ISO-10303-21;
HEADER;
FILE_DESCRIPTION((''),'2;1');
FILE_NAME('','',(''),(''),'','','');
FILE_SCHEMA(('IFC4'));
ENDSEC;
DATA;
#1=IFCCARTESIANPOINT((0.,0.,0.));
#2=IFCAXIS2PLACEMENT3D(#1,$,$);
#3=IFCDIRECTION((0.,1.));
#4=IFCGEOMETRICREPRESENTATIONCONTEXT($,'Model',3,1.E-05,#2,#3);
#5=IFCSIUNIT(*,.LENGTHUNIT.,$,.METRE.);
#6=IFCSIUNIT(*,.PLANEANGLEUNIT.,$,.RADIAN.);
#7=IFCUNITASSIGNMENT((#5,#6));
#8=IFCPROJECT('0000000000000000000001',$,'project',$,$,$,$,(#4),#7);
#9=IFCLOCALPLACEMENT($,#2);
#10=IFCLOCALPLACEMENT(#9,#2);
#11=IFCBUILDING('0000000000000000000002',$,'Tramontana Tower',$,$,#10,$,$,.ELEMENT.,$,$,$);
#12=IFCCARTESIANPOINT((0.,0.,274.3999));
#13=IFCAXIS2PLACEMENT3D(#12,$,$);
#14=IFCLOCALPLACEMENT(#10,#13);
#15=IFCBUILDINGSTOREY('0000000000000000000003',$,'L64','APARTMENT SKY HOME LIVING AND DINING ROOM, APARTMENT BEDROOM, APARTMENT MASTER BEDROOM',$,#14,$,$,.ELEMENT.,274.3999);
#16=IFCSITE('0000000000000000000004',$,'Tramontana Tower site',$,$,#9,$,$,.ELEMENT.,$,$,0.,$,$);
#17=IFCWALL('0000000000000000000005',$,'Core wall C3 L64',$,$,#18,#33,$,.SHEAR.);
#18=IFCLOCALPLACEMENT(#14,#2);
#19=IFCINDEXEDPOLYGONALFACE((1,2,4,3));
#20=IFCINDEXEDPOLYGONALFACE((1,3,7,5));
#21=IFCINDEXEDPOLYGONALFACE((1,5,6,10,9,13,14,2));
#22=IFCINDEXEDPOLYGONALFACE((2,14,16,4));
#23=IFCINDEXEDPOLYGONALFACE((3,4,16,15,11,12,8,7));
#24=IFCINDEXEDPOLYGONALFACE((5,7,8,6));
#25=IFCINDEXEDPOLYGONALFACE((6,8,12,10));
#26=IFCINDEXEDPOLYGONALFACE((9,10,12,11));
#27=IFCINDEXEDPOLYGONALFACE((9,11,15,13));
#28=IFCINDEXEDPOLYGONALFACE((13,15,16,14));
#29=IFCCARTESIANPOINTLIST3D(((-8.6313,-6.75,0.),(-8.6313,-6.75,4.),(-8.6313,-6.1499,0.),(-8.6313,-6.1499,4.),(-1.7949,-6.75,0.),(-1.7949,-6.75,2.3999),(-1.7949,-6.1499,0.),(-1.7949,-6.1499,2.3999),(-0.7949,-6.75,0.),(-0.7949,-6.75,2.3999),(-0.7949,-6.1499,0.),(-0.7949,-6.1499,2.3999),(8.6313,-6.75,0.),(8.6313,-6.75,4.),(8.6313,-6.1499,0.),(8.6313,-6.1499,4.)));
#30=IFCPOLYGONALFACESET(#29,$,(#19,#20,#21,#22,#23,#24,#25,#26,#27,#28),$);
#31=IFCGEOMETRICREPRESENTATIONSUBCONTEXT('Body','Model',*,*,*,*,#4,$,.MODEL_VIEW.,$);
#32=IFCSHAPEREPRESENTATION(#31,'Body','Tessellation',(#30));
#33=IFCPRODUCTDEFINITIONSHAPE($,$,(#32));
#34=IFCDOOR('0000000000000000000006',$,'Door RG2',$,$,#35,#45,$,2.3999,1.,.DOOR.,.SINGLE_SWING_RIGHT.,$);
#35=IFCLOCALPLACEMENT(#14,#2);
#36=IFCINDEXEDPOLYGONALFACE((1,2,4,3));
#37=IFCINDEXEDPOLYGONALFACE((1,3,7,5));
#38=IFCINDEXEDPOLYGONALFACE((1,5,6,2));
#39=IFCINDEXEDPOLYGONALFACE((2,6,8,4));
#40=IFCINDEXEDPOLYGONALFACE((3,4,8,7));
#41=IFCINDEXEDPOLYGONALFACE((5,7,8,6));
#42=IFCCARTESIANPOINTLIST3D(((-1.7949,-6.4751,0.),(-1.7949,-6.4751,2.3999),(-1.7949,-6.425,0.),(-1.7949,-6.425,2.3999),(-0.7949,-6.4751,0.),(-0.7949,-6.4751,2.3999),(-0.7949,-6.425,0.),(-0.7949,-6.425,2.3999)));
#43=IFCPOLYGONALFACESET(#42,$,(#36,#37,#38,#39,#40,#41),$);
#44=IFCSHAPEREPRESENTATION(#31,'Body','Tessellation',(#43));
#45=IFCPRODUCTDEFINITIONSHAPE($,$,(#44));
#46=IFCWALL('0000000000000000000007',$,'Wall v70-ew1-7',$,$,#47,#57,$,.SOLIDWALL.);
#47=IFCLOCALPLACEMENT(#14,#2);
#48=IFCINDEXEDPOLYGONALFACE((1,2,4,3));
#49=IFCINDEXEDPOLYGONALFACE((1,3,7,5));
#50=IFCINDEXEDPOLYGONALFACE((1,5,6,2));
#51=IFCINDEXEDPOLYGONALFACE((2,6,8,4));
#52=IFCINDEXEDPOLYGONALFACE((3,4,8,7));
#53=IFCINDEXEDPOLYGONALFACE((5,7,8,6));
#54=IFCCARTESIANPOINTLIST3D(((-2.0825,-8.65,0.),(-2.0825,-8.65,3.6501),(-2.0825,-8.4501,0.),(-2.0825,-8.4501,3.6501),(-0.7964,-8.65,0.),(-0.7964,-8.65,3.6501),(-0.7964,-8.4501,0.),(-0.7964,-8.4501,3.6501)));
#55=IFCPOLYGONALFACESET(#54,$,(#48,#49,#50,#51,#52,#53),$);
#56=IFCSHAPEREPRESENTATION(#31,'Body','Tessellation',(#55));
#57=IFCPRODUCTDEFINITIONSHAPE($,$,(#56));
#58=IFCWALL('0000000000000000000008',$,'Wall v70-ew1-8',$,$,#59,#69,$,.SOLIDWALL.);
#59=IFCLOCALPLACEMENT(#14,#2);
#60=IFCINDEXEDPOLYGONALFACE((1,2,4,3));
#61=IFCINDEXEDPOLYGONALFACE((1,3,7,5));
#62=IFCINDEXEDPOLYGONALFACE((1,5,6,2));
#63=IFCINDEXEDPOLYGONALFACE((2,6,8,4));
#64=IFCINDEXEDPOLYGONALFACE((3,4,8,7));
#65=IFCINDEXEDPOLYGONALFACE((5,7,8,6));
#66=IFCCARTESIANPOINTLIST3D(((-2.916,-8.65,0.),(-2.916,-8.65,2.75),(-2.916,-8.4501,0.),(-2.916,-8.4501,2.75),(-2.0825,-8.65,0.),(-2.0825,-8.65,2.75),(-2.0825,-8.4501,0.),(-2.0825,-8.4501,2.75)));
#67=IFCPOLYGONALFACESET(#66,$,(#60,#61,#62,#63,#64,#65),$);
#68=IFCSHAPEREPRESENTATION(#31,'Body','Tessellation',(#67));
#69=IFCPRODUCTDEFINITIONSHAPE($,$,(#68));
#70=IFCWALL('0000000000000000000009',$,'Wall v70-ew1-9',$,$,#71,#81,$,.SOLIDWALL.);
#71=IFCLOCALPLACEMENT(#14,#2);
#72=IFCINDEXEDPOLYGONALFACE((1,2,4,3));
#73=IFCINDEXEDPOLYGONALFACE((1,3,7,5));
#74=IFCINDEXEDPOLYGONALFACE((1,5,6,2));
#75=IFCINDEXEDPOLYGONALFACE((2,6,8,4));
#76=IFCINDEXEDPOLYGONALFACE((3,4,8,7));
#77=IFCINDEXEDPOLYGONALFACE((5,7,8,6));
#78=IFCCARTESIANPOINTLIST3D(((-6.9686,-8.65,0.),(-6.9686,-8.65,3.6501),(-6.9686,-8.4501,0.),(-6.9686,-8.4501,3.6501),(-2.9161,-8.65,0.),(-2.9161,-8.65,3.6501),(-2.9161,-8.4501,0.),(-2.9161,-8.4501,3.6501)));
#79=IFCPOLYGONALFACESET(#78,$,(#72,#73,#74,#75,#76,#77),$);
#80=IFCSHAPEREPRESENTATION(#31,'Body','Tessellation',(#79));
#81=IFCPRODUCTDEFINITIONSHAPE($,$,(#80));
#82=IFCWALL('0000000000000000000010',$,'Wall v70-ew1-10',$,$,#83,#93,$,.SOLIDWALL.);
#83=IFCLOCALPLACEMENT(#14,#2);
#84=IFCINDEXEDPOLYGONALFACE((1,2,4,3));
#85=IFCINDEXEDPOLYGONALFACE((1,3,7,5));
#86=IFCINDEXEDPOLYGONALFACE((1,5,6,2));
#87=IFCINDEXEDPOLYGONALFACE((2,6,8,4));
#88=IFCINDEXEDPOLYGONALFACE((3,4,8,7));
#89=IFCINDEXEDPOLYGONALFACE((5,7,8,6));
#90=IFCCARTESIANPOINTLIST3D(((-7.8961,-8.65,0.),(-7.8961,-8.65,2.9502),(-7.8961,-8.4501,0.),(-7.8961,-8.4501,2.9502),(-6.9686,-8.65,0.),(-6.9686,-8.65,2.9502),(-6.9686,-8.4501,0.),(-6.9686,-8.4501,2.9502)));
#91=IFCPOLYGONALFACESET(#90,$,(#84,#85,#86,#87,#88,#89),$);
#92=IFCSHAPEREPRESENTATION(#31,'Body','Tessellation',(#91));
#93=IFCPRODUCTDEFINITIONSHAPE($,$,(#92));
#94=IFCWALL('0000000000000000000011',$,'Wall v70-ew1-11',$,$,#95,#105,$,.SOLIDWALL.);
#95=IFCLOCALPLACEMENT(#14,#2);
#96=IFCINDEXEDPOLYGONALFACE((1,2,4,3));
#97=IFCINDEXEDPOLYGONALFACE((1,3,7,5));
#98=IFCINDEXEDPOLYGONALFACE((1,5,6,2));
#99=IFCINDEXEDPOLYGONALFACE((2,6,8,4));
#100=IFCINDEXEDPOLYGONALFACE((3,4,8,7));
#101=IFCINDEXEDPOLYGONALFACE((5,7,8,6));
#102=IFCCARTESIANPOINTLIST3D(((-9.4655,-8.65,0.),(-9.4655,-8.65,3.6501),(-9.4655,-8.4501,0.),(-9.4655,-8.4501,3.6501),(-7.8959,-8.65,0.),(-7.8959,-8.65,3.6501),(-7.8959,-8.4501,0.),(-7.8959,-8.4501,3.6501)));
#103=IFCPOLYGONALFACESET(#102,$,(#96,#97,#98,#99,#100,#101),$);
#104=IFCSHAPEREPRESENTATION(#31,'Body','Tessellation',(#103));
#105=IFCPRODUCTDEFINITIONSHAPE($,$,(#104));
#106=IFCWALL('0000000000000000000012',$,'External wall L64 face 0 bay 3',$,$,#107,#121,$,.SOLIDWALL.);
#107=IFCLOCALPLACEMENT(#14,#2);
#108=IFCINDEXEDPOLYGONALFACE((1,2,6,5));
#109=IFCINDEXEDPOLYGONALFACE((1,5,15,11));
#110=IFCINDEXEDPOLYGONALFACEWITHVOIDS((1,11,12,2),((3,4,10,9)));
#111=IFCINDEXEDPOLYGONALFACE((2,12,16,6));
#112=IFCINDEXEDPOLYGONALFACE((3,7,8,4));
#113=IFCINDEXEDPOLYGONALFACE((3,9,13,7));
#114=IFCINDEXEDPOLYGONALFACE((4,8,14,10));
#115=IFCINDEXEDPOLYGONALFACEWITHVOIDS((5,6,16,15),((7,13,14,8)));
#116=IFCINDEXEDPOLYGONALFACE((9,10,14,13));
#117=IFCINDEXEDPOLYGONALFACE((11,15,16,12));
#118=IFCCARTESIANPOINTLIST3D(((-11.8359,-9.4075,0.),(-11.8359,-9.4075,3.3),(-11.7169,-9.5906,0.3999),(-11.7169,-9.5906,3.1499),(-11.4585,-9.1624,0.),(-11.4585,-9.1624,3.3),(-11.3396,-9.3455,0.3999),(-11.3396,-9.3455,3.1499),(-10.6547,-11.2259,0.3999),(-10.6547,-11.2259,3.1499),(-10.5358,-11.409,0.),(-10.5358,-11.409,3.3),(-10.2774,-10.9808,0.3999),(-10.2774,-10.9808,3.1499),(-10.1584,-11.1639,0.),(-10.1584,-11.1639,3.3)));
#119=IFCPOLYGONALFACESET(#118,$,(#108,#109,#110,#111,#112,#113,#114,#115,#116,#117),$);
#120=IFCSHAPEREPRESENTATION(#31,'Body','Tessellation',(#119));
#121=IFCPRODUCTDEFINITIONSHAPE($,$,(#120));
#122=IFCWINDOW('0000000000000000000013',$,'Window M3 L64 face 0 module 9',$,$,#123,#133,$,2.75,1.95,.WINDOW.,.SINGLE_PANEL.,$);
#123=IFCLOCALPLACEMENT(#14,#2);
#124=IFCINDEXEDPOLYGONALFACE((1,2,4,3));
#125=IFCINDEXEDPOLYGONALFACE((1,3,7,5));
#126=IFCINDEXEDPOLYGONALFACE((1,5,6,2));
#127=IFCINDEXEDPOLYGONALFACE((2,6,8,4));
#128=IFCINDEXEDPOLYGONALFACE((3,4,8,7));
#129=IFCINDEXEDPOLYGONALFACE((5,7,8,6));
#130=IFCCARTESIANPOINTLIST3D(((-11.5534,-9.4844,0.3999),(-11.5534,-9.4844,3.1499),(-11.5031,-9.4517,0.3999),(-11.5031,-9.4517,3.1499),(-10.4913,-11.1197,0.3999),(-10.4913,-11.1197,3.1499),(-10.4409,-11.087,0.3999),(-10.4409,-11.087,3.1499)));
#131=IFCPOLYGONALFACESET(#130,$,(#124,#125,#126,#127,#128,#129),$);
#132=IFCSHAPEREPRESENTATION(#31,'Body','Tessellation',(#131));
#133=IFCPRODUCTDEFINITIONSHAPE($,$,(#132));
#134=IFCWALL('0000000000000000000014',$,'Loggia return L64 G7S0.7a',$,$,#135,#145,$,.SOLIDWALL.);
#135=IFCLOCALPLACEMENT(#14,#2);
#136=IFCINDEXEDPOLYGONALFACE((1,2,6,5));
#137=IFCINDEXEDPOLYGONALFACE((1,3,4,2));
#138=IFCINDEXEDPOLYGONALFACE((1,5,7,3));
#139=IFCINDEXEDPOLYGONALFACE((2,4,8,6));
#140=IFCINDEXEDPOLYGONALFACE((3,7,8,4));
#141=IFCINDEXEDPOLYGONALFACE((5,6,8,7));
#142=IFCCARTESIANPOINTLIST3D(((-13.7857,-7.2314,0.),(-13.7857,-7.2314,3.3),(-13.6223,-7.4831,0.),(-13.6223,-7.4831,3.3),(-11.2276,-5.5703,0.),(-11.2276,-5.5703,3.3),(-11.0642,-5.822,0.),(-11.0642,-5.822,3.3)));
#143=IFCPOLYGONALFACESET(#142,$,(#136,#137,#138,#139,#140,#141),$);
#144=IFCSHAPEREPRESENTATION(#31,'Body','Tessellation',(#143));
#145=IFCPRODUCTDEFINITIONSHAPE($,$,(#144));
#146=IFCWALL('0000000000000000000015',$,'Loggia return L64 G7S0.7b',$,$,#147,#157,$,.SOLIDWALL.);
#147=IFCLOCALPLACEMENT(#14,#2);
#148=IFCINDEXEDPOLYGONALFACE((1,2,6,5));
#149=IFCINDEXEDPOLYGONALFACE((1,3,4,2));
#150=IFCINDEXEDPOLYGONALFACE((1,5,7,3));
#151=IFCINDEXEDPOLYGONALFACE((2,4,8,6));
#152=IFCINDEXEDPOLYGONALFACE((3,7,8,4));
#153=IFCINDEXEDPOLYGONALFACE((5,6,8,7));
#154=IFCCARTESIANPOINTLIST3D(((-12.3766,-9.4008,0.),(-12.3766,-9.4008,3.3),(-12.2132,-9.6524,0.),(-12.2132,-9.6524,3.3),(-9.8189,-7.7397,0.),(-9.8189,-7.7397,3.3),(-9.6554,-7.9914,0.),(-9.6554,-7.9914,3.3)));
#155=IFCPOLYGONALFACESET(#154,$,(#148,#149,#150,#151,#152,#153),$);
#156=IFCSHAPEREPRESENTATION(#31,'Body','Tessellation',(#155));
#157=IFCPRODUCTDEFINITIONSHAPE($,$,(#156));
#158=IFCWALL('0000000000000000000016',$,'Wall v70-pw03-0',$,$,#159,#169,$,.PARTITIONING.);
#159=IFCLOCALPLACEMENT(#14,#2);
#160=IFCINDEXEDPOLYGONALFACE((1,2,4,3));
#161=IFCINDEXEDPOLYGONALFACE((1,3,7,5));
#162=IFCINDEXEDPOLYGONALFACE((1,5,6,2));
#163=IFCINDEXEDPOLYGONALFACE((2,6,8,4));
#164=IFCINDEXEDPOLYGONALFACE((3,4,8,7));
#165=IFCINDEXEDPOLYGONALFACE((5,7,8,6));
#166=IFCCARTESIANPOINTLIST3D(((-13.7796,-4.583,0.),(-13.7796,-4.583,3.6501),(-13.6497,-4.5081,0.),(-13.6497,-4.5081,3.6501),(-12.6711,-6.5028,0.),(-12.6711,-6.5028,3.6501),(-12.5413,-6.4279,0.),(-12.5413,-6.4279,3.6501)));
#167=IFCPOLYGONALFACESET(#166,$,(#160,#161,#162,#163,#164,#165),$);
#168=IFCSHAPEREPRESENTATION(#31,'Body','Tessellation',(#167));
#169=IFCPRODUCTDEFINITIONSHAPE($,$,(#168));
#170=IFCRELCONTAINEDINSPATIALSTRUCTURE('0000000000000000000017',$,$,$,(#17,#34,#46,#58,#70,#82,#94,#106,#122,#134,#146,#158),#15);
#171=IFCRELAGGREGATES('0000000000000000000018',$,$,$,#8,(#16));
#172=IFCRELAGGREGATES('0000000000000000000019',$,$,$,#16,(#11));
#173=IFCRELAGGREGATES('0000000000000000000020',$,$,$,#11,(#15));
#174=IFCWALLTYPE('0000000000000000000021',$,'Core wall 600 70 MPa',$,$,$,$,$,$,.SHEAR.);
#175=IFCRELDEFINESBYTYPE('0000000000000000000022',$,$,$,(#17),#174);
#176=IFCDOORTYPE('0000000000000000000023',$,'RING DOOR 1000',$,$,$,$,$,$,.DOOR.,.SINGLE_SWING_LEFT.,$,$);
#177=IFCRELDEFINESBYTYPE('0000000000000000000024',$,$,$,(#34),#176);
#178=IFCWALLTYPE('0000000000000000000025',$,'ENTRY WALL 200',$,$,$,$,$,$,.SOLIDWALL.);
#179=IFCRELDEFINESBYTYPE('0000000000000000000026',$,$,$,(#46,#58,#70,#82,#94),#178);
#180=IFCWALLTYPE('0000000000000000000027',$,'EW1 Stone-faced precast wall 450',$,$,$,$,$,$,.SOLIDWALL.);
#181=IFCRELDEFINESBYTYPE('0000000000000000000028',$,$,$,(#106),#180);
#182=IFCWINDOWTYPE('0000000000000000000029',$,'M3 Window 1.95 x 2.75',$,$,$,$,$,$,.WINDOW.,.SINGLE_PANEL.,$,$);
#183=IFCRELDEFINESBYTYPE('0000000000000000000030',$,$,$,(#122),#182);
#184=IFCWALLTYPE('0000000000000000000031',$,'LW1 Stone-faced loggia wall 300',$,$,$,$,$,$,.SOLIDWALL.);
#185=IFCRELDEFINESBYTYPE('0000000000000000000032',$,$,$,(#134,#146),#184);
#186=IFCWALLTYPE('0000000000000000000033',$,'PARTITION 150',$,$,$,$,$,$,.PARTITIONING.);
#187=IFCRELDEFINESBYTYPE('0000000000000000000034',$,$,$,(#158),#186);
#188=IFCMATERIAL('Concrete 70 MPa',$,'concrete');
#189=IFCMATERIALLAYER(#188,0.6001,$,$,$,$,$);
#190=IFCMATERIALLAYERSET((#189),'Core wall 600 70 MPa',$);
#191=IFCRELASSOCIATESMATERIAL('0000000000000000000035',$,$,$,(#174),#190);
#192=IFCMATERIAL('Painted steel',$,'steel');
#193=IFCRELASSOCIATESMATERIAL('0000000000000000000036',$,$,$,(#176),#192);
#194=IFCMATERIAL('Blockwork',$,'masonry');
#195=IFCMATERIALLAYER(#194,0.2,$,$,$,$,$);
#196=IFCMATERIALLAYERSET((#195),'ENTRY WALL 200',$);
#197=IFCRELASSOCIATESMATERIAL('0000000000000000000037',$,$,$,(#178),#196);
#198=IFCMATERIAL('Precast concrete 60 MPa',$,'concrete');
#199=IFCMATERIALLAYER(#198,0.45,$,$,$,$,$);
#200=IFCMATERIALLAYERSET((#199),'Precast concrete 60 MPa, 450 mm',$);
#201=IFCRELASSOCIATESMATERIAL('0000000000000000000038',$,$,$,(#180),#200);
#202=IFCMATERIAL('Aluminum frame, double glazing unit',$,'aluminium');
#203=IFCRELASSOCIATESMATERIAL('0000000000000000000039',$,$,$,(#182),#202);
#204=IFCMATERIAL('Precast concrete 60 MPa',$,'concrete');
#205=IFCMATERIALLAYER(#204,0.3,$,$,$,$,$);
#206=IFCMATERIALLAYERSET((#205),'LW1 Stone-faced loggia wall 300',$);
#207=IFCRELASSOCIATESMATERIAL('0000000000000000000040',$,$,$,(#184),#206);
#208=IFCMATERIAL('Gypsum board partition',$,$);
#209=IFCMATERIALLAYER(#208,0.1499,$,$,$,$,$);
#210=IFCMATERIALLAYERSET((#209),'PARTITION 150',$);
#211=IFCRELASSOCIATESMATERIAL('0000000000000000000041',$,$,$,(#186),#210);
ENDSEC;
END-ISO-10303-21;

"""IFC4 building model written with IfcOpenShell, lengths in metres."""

from ifc_helpers import new_model, si_unit, direction, frame, frame_2d, origin, place, context, subcontext, project, spatial, rectangle, extrude, material, layer, layer_set, type_object, element, fill, save


model = new_model("IFC4")

# Units and contexts
model_context = context("Model", 3, precision=1e-05, world=origin(), true_north=direction((0.0, 1.0)))
body_context = subcontext(model_context, "Body", "Model", "MODEL_VIEW")
ifc_project = project(units=[si_unit("LENGTHUNIT", "METRE"), si_unit("PLANEANGLEUNIT", "RADIAN")], contexts=[model_context])

# Site, building, storey
site_placement = place(None, origin())
site = spatial("IfcSite", under=ifc_project, at=site_placement, Name="Tramontana Tower site", CompositionType="ELEMENT", RefElevation=0.0)
building_placement = place(site_placement, origin())
building = spatial("IfcBuilding", under=site, at=building_placement, Name="Tramontana Tower", CompositionType="ELEMENT")
storey_placement = place(building_placement, frame((0.0, 0.0, 274.3999)))
storey = spatial("IfcBuildingStorey", under=building, at=storey_placement, Name="L64", Description="APARTMENT SKY HOME LIVING AND DINING ROOM, APARTMENT BEDROOM, APARTMENT MASTER BEDROOM", CompositionType="ELEMENT", Elevation=274.3999)

# Wall, opening, door
ifc_material_1 = material(Name="Concrete 70 MPa", Category="concrete")
ifc_layer_1 = layer(ifc_material_1, 0.6001)
ifc_layer_set_1 = layer_set([ifc_layer_1], Name="Core wall 600 70 MPa")
wall_type_1 = type_object("IfcWallType", Name="Core wall 600 70 MPa", PredefinedType="SHEAR", material=ifc_layer_set_1)
wall_1_placement = place(storey_placement, frame((-8.6313, -6.45, 0.0), z_axis=(0.0, 0.0, 1.0), x_axis=(1.0, 0.0, 0.0)))
wall_1 = element("IfcWall", 1, at=wall_1_placement, inside=storey, type_object=wall_type_1, Name="Core wall C3 L64", PredefinedType="SHEAR", context=body_context, shape_type="SweptSolid", body=[
    extrude(rectangle(XDim=17.2627, YDim=0.6001, at=frame_2d((8.6313, 0.0))), origin(), (0.0, 0.0, 1.0), 4.0),
])
opening_1_placement = place(wall_1_placement, frame((6.8364, 0.0, 0.0)))
opening_1 = element("IfcOpeningElement", 2, at=opening_1_placement, cuts=wall_1, PredefinedType="OPENING", context=body_context, shape_type="SweptSolid", body=[
    extrude(rectangle(XDim=1.0, YDim=2.3999, at=frame_2d((0.5, 1.2))), frame((0.0, 0.3101, 0.0), z_axis=(0.0, -1.0, 0.0), x_axis=(1.0, 0.0, 0.0)), (0.0, 0.0, 1.0), 0.6201),
])
ifc_material_2 = material(Name="Painted steel", Category="steel")
door_type_1 = type_object("IfcDoorType", Name="RING DOOR 1000", OperationType="SINGLE_SWING_LEFT", PredefinedType="DOOR", material=ifc_material_2)
door_1_placement = place(opening_1_placement, origin())
door_1 = element("IfcDoor", 3, at=door_1_placement, inside=storey, type_object=door_type_1, Name="Door RG2", OperationType="SINGLE_SWING_RIGHT", OverallHeight=2.3999, OverallWidth=1.0, PredefinedType="DOOR", context=body_context, shape_type="SweptSolid", body=[
    extrude(rectangle(XDim=1.0, YDim=2.3999, at=frame_2d((0.5, 1.2))), frame((0.0, 0.0249, 0.0), z_axis=(0.0, -1.0, 0.0), x_axis=(1.0, 0.0, 0.0)), (0.0, 0.0, 1.0), 0.05),
])
fill(opening_1, door_1)

# Walls
ifc_material_3 = material(Name="Blockwork", Category="masonry")
ifc_layer_2 = layer(ifc_material_3, 0.2)
ifc_layer_set_2 = layer_set([ifc_layer_2], Name="ENTRY WALL 200")
wall_type_2 = type_object("IfcWallType", Name="ENTRY WALL 200", PredefinedType="SOLIDWALL", material=ifc_layer_set_2)
wall_2_placement = place(storey_placement, frame((-0.7964, -8.55, 0.0), z_axis=(0.0, 0.0, 1.0), x_axis=(-1.0, 0.0, 0.0)))
element("IfcWall", 4, at=wall_2_placement, inside=storey, type_object=wall_type_2, Name="Wall v70-ew1-7", PredefinedType="SOLIDWALL", context=body_context, shape_type="SweptSolid", body=[
    extrude(rectangle(XDim=1.2861, YDim=0.2, at=frame_2d((0.6431, 0.0))), origin(), (0.0, 0.0, 1.0), 3.6501),
])
wall_3_placement = place(storey_placement, frame((-2.0825, -8.55, 0.0), z_axis=(0.0, 0.0, 1.0), x_axis=(-1.0, 0.0, 0.0)))
element("IfcWall", 5, at=wall_3_placement, inside=storey, type_object=wall_type_2, Name="Wall v70-ew1-8", PredefinedType="SOLIDWALL", context=body_context, shape_type="SweptSolid", body=[
    extrude(rectangle(XDim=0.8335, YDim=0.2, at=frame_2d((0.4167, 0.0))), origin(), (0.0, 0.0, 1.0), 2.75),
])
wall_4_placement = place(storey_placement, frame((-2.916, -8.55, 0.0), z_axis=(0.0, 0.0, 1.0), x_axis=(-1.0, 0.0, 0.0)))
element("IfcWall", 6, at=wall_4_placement, inside=storey, type_object=wall_type_2, Name="Wall v70-ew1-9", PredefinedType="SOLIDWALL", context=body_context, shape_type="SweptSolid", body=[
    extrude(rectangle(XDim=4.0525, YDim=0.2, at=frame_2d((2.0264, 0.0))), origin(), (0.0, 0.0, 1.0), 3.6501),
])
wall_5_placement = place(storey_placement, frame((-6.9685, -8.55, 0.0), z_axis=(0.0, 0.0, 1.0), x_axis=(-1.0, 0.0, 0.0)))
element("IfcWall", 7, at=wall_5_placement, inside=storey, type_object=wall_type_2, Name="Wall v70-ew1-10", PredefinedType="SOLIDWALL", context=body_context, shape_type="SweptSolid", body=[
    extrude(rectangle(XDim=0.9275, YDim=0.2, at=frame_2d((0.4639, 0.0))), origin(), (0.0, 0.0, 1.0), 2.9502),
])
wall_6_placement = place(storey_placement, frame((-7.896, -8.55, 0.0), z_axis=(0.0, 0.0, 1.0), x_axis=(-1.0, 0.0, 0.0)))
element("IfcWall", 8, at=wall_6_placement, inside=storey, type_object=wall_type_2, Name="Wall v70-ew1-11", PredefinedType="SOLIDWALL", context=body_context, shape_type="SweptSolid", body=[
    extrude(rectangle(XDim=1.5696, YDim=0.2, at=frame_2d((0.7847, 0.0))), origin(), (0.0, 0.0, 1.0), 3.6501),
])

# Wall, opening, window
ifc_material_4 = material(Name="Precast concrete 60 MPa", Category="concrete")
ifc_layer_3 = layer(ifc_material_4, 0.45)
ifc_layer_set_3 = layer_set([ifc_layer_3], Name="Precast concrete 60 MPa, 450 mm")
wall_type_3 = type_object("IfcWallType", Name="EW1 Stone-faced precast wall 450", PredefinedType="SOLIDWALL", material=ifc_layer_set_3)
wall_7_placement = place(storey_placement, frame((-11.6472, -9.2849, 0.0), z_axis=(0.0, 0.0, 1.0), x_axis=(0.544722, -0.838617, 0.0)))
wall_7 = element("IfcWall", 9, at=wall_7_placement, inside=storey, type_object=wall_type_3, Name="External wall L64 face 0 bay 3", PredefinedType="SOLIDWALL", context=body_context, shape_type="SweptSolid", body=[
    extrude(rectangle(XDim=2.3867, YDim=0.45, at=frame_2d((1.1934, 0.0))), origin(), (0.0, 0.0, 1.0), 3.3),
])
opening_2_placement = place(wall_7_placement, frame((0.2183, 0.0, 0.3999)))
opening_2 = element("IfcOpeningElement", 10, at=opening_2_placement, cuts=wall_7, PredefinedType="OPENING", context=body_context, shape_type="SweptSolid", body=[
    extrude(rectangle(XDim=1.95, YDim=2.75, at=frame_2d((0.9751, 1.375))), frame((0.0, 0.2349, 0.0), z_axis=(0.0, -1.0, 0.0), x_axis=(1.0, 0.0, 0.0)), (0.0, 0.0, 1.0), 0.47),
])
ifc_material_5 = material(Name="Aluminum frame, double glazing unit", Category="aluminium")
window_type = type_object("IfcWindowType", Name="M3 Window 1.95 x 2.75", PartitioningType="SINGLE_PANEL", PredefinedType="WINDOW", material=ifc_material_5)
window_placement = place(opening_2_placement, origin())
window = element("IfcWindow", 11, at=window_placement, inside=storey, type_object=window_type, Name="Window M3 L64 face 0 module 9", OverallHeight=2.75, OverallWidth=1.95, PartitioningType="SINGLE_PANEL", PredefinedType="WINDOW", context=body_context, shape_type="SweptSolid", body=[
    extrude(rectangle(XDim=1.95, YDim=2.75, at=frame_2d((0.9751, 1.375))), frame((0.0, 0.03, 0.0), z_axis=(0.0, -1.0, 0.0), x_axis=(1.0, 0.0, 0.0)), (0.0, 0.0, 1.0), 0.0601),
])
fill(opening_2, window)

# Walls
ifc_material_6 = material(Name="Precast concrete 60 MPa", Category="concrete")
ifc_layer_4 = layer(ifc_material_6, 0.3)
ifc_layer_set_4 = layer_set([ifc_layer_4], Name="LW1 Stone-faced loggia wall 300")
wall_type_4 = type_object("IfcWallType", Name="LW1 Stone-faced loggia wall 300", PredefinedType="SOLIDWALL", material=ifc_layer_set_4)
wall_8_placement = place(storey_placement, frame((-13.7039, -7.3572, 0.0), z_axis=(0.0, 0.0, 1.0), x_axis=(0.838689, 0.544611, 0.0)))
element("IfcWall", 12, at=wall_8_placement, inside=storey, type_object=wall_type_4, Name="Loggia return L64 G7S0.7a", PredefinedType="SOLIDWALL", context=body_context, shape_type="SweptSolid", body=[
    extrude(rectangle(XDim=3.05, YDim=0.3, at=frame_2d((1.5249, 0.0))), origin(), (0.0, 0.0, 1.0), 3.3),
])
wall_9_placement = place(storey_placement, frame((-12.2949, -9.5266, 0.0), z_axis=(0.0, 0.0, 1.0), x_axis=(0.838665, 0.544648, 0.0)))
element("IfcWall", 13, at=wall_9_placement, inside=storey, type_object=wall_type_4, Name="Loggia return L64 G7S0.7b", PredefinedType="SOLIDWALL", context=body_context, shape_type="SweptSolid", body=[
    extrude(rectangle(XDim=3.0498, YDim=0.3, at=frame_2d((1.5249, 0.0))), origin(), (0.0, 0.0, 1.0), 3.3),
])
ifc_material_7 = material(Name="Gypsum board partition")
ifc_layer_5 = layer(ifc_material_7, 0.1499)
ifc_layer_set_5 = layer_set([ifc_layer_5], Name="PARTITION 150")
wall_type_5 = type_object("IfcWallType", Name="PARTITION 150", PredefinedType="PARTITIONING", material=ifc_layer_set_5)
wall_10_placement = place(storey_placement, frame((-12.6062, -6.4653, 0.0), z_axis=(0.0, 0.0, 1.0), x_axis=(-0.500024, 0.866011, 0.0)))
element("IfcWall", 14, at=wall_10_placement, inside=storey, type_object=wall_type_5, Name="Wall v70-pw03-0", PredefinedType="PARTITIONING", context=body_context, shape_type="SweptSolid", body=[
    extrude(rectangle(XDim=2.2168, YDim=0.1499, at=frame_2d((1.1084, 0.0))), origin(), (0.0, 0.0, 1.0), 3.6501),
])

save(model, "model.ifc")
